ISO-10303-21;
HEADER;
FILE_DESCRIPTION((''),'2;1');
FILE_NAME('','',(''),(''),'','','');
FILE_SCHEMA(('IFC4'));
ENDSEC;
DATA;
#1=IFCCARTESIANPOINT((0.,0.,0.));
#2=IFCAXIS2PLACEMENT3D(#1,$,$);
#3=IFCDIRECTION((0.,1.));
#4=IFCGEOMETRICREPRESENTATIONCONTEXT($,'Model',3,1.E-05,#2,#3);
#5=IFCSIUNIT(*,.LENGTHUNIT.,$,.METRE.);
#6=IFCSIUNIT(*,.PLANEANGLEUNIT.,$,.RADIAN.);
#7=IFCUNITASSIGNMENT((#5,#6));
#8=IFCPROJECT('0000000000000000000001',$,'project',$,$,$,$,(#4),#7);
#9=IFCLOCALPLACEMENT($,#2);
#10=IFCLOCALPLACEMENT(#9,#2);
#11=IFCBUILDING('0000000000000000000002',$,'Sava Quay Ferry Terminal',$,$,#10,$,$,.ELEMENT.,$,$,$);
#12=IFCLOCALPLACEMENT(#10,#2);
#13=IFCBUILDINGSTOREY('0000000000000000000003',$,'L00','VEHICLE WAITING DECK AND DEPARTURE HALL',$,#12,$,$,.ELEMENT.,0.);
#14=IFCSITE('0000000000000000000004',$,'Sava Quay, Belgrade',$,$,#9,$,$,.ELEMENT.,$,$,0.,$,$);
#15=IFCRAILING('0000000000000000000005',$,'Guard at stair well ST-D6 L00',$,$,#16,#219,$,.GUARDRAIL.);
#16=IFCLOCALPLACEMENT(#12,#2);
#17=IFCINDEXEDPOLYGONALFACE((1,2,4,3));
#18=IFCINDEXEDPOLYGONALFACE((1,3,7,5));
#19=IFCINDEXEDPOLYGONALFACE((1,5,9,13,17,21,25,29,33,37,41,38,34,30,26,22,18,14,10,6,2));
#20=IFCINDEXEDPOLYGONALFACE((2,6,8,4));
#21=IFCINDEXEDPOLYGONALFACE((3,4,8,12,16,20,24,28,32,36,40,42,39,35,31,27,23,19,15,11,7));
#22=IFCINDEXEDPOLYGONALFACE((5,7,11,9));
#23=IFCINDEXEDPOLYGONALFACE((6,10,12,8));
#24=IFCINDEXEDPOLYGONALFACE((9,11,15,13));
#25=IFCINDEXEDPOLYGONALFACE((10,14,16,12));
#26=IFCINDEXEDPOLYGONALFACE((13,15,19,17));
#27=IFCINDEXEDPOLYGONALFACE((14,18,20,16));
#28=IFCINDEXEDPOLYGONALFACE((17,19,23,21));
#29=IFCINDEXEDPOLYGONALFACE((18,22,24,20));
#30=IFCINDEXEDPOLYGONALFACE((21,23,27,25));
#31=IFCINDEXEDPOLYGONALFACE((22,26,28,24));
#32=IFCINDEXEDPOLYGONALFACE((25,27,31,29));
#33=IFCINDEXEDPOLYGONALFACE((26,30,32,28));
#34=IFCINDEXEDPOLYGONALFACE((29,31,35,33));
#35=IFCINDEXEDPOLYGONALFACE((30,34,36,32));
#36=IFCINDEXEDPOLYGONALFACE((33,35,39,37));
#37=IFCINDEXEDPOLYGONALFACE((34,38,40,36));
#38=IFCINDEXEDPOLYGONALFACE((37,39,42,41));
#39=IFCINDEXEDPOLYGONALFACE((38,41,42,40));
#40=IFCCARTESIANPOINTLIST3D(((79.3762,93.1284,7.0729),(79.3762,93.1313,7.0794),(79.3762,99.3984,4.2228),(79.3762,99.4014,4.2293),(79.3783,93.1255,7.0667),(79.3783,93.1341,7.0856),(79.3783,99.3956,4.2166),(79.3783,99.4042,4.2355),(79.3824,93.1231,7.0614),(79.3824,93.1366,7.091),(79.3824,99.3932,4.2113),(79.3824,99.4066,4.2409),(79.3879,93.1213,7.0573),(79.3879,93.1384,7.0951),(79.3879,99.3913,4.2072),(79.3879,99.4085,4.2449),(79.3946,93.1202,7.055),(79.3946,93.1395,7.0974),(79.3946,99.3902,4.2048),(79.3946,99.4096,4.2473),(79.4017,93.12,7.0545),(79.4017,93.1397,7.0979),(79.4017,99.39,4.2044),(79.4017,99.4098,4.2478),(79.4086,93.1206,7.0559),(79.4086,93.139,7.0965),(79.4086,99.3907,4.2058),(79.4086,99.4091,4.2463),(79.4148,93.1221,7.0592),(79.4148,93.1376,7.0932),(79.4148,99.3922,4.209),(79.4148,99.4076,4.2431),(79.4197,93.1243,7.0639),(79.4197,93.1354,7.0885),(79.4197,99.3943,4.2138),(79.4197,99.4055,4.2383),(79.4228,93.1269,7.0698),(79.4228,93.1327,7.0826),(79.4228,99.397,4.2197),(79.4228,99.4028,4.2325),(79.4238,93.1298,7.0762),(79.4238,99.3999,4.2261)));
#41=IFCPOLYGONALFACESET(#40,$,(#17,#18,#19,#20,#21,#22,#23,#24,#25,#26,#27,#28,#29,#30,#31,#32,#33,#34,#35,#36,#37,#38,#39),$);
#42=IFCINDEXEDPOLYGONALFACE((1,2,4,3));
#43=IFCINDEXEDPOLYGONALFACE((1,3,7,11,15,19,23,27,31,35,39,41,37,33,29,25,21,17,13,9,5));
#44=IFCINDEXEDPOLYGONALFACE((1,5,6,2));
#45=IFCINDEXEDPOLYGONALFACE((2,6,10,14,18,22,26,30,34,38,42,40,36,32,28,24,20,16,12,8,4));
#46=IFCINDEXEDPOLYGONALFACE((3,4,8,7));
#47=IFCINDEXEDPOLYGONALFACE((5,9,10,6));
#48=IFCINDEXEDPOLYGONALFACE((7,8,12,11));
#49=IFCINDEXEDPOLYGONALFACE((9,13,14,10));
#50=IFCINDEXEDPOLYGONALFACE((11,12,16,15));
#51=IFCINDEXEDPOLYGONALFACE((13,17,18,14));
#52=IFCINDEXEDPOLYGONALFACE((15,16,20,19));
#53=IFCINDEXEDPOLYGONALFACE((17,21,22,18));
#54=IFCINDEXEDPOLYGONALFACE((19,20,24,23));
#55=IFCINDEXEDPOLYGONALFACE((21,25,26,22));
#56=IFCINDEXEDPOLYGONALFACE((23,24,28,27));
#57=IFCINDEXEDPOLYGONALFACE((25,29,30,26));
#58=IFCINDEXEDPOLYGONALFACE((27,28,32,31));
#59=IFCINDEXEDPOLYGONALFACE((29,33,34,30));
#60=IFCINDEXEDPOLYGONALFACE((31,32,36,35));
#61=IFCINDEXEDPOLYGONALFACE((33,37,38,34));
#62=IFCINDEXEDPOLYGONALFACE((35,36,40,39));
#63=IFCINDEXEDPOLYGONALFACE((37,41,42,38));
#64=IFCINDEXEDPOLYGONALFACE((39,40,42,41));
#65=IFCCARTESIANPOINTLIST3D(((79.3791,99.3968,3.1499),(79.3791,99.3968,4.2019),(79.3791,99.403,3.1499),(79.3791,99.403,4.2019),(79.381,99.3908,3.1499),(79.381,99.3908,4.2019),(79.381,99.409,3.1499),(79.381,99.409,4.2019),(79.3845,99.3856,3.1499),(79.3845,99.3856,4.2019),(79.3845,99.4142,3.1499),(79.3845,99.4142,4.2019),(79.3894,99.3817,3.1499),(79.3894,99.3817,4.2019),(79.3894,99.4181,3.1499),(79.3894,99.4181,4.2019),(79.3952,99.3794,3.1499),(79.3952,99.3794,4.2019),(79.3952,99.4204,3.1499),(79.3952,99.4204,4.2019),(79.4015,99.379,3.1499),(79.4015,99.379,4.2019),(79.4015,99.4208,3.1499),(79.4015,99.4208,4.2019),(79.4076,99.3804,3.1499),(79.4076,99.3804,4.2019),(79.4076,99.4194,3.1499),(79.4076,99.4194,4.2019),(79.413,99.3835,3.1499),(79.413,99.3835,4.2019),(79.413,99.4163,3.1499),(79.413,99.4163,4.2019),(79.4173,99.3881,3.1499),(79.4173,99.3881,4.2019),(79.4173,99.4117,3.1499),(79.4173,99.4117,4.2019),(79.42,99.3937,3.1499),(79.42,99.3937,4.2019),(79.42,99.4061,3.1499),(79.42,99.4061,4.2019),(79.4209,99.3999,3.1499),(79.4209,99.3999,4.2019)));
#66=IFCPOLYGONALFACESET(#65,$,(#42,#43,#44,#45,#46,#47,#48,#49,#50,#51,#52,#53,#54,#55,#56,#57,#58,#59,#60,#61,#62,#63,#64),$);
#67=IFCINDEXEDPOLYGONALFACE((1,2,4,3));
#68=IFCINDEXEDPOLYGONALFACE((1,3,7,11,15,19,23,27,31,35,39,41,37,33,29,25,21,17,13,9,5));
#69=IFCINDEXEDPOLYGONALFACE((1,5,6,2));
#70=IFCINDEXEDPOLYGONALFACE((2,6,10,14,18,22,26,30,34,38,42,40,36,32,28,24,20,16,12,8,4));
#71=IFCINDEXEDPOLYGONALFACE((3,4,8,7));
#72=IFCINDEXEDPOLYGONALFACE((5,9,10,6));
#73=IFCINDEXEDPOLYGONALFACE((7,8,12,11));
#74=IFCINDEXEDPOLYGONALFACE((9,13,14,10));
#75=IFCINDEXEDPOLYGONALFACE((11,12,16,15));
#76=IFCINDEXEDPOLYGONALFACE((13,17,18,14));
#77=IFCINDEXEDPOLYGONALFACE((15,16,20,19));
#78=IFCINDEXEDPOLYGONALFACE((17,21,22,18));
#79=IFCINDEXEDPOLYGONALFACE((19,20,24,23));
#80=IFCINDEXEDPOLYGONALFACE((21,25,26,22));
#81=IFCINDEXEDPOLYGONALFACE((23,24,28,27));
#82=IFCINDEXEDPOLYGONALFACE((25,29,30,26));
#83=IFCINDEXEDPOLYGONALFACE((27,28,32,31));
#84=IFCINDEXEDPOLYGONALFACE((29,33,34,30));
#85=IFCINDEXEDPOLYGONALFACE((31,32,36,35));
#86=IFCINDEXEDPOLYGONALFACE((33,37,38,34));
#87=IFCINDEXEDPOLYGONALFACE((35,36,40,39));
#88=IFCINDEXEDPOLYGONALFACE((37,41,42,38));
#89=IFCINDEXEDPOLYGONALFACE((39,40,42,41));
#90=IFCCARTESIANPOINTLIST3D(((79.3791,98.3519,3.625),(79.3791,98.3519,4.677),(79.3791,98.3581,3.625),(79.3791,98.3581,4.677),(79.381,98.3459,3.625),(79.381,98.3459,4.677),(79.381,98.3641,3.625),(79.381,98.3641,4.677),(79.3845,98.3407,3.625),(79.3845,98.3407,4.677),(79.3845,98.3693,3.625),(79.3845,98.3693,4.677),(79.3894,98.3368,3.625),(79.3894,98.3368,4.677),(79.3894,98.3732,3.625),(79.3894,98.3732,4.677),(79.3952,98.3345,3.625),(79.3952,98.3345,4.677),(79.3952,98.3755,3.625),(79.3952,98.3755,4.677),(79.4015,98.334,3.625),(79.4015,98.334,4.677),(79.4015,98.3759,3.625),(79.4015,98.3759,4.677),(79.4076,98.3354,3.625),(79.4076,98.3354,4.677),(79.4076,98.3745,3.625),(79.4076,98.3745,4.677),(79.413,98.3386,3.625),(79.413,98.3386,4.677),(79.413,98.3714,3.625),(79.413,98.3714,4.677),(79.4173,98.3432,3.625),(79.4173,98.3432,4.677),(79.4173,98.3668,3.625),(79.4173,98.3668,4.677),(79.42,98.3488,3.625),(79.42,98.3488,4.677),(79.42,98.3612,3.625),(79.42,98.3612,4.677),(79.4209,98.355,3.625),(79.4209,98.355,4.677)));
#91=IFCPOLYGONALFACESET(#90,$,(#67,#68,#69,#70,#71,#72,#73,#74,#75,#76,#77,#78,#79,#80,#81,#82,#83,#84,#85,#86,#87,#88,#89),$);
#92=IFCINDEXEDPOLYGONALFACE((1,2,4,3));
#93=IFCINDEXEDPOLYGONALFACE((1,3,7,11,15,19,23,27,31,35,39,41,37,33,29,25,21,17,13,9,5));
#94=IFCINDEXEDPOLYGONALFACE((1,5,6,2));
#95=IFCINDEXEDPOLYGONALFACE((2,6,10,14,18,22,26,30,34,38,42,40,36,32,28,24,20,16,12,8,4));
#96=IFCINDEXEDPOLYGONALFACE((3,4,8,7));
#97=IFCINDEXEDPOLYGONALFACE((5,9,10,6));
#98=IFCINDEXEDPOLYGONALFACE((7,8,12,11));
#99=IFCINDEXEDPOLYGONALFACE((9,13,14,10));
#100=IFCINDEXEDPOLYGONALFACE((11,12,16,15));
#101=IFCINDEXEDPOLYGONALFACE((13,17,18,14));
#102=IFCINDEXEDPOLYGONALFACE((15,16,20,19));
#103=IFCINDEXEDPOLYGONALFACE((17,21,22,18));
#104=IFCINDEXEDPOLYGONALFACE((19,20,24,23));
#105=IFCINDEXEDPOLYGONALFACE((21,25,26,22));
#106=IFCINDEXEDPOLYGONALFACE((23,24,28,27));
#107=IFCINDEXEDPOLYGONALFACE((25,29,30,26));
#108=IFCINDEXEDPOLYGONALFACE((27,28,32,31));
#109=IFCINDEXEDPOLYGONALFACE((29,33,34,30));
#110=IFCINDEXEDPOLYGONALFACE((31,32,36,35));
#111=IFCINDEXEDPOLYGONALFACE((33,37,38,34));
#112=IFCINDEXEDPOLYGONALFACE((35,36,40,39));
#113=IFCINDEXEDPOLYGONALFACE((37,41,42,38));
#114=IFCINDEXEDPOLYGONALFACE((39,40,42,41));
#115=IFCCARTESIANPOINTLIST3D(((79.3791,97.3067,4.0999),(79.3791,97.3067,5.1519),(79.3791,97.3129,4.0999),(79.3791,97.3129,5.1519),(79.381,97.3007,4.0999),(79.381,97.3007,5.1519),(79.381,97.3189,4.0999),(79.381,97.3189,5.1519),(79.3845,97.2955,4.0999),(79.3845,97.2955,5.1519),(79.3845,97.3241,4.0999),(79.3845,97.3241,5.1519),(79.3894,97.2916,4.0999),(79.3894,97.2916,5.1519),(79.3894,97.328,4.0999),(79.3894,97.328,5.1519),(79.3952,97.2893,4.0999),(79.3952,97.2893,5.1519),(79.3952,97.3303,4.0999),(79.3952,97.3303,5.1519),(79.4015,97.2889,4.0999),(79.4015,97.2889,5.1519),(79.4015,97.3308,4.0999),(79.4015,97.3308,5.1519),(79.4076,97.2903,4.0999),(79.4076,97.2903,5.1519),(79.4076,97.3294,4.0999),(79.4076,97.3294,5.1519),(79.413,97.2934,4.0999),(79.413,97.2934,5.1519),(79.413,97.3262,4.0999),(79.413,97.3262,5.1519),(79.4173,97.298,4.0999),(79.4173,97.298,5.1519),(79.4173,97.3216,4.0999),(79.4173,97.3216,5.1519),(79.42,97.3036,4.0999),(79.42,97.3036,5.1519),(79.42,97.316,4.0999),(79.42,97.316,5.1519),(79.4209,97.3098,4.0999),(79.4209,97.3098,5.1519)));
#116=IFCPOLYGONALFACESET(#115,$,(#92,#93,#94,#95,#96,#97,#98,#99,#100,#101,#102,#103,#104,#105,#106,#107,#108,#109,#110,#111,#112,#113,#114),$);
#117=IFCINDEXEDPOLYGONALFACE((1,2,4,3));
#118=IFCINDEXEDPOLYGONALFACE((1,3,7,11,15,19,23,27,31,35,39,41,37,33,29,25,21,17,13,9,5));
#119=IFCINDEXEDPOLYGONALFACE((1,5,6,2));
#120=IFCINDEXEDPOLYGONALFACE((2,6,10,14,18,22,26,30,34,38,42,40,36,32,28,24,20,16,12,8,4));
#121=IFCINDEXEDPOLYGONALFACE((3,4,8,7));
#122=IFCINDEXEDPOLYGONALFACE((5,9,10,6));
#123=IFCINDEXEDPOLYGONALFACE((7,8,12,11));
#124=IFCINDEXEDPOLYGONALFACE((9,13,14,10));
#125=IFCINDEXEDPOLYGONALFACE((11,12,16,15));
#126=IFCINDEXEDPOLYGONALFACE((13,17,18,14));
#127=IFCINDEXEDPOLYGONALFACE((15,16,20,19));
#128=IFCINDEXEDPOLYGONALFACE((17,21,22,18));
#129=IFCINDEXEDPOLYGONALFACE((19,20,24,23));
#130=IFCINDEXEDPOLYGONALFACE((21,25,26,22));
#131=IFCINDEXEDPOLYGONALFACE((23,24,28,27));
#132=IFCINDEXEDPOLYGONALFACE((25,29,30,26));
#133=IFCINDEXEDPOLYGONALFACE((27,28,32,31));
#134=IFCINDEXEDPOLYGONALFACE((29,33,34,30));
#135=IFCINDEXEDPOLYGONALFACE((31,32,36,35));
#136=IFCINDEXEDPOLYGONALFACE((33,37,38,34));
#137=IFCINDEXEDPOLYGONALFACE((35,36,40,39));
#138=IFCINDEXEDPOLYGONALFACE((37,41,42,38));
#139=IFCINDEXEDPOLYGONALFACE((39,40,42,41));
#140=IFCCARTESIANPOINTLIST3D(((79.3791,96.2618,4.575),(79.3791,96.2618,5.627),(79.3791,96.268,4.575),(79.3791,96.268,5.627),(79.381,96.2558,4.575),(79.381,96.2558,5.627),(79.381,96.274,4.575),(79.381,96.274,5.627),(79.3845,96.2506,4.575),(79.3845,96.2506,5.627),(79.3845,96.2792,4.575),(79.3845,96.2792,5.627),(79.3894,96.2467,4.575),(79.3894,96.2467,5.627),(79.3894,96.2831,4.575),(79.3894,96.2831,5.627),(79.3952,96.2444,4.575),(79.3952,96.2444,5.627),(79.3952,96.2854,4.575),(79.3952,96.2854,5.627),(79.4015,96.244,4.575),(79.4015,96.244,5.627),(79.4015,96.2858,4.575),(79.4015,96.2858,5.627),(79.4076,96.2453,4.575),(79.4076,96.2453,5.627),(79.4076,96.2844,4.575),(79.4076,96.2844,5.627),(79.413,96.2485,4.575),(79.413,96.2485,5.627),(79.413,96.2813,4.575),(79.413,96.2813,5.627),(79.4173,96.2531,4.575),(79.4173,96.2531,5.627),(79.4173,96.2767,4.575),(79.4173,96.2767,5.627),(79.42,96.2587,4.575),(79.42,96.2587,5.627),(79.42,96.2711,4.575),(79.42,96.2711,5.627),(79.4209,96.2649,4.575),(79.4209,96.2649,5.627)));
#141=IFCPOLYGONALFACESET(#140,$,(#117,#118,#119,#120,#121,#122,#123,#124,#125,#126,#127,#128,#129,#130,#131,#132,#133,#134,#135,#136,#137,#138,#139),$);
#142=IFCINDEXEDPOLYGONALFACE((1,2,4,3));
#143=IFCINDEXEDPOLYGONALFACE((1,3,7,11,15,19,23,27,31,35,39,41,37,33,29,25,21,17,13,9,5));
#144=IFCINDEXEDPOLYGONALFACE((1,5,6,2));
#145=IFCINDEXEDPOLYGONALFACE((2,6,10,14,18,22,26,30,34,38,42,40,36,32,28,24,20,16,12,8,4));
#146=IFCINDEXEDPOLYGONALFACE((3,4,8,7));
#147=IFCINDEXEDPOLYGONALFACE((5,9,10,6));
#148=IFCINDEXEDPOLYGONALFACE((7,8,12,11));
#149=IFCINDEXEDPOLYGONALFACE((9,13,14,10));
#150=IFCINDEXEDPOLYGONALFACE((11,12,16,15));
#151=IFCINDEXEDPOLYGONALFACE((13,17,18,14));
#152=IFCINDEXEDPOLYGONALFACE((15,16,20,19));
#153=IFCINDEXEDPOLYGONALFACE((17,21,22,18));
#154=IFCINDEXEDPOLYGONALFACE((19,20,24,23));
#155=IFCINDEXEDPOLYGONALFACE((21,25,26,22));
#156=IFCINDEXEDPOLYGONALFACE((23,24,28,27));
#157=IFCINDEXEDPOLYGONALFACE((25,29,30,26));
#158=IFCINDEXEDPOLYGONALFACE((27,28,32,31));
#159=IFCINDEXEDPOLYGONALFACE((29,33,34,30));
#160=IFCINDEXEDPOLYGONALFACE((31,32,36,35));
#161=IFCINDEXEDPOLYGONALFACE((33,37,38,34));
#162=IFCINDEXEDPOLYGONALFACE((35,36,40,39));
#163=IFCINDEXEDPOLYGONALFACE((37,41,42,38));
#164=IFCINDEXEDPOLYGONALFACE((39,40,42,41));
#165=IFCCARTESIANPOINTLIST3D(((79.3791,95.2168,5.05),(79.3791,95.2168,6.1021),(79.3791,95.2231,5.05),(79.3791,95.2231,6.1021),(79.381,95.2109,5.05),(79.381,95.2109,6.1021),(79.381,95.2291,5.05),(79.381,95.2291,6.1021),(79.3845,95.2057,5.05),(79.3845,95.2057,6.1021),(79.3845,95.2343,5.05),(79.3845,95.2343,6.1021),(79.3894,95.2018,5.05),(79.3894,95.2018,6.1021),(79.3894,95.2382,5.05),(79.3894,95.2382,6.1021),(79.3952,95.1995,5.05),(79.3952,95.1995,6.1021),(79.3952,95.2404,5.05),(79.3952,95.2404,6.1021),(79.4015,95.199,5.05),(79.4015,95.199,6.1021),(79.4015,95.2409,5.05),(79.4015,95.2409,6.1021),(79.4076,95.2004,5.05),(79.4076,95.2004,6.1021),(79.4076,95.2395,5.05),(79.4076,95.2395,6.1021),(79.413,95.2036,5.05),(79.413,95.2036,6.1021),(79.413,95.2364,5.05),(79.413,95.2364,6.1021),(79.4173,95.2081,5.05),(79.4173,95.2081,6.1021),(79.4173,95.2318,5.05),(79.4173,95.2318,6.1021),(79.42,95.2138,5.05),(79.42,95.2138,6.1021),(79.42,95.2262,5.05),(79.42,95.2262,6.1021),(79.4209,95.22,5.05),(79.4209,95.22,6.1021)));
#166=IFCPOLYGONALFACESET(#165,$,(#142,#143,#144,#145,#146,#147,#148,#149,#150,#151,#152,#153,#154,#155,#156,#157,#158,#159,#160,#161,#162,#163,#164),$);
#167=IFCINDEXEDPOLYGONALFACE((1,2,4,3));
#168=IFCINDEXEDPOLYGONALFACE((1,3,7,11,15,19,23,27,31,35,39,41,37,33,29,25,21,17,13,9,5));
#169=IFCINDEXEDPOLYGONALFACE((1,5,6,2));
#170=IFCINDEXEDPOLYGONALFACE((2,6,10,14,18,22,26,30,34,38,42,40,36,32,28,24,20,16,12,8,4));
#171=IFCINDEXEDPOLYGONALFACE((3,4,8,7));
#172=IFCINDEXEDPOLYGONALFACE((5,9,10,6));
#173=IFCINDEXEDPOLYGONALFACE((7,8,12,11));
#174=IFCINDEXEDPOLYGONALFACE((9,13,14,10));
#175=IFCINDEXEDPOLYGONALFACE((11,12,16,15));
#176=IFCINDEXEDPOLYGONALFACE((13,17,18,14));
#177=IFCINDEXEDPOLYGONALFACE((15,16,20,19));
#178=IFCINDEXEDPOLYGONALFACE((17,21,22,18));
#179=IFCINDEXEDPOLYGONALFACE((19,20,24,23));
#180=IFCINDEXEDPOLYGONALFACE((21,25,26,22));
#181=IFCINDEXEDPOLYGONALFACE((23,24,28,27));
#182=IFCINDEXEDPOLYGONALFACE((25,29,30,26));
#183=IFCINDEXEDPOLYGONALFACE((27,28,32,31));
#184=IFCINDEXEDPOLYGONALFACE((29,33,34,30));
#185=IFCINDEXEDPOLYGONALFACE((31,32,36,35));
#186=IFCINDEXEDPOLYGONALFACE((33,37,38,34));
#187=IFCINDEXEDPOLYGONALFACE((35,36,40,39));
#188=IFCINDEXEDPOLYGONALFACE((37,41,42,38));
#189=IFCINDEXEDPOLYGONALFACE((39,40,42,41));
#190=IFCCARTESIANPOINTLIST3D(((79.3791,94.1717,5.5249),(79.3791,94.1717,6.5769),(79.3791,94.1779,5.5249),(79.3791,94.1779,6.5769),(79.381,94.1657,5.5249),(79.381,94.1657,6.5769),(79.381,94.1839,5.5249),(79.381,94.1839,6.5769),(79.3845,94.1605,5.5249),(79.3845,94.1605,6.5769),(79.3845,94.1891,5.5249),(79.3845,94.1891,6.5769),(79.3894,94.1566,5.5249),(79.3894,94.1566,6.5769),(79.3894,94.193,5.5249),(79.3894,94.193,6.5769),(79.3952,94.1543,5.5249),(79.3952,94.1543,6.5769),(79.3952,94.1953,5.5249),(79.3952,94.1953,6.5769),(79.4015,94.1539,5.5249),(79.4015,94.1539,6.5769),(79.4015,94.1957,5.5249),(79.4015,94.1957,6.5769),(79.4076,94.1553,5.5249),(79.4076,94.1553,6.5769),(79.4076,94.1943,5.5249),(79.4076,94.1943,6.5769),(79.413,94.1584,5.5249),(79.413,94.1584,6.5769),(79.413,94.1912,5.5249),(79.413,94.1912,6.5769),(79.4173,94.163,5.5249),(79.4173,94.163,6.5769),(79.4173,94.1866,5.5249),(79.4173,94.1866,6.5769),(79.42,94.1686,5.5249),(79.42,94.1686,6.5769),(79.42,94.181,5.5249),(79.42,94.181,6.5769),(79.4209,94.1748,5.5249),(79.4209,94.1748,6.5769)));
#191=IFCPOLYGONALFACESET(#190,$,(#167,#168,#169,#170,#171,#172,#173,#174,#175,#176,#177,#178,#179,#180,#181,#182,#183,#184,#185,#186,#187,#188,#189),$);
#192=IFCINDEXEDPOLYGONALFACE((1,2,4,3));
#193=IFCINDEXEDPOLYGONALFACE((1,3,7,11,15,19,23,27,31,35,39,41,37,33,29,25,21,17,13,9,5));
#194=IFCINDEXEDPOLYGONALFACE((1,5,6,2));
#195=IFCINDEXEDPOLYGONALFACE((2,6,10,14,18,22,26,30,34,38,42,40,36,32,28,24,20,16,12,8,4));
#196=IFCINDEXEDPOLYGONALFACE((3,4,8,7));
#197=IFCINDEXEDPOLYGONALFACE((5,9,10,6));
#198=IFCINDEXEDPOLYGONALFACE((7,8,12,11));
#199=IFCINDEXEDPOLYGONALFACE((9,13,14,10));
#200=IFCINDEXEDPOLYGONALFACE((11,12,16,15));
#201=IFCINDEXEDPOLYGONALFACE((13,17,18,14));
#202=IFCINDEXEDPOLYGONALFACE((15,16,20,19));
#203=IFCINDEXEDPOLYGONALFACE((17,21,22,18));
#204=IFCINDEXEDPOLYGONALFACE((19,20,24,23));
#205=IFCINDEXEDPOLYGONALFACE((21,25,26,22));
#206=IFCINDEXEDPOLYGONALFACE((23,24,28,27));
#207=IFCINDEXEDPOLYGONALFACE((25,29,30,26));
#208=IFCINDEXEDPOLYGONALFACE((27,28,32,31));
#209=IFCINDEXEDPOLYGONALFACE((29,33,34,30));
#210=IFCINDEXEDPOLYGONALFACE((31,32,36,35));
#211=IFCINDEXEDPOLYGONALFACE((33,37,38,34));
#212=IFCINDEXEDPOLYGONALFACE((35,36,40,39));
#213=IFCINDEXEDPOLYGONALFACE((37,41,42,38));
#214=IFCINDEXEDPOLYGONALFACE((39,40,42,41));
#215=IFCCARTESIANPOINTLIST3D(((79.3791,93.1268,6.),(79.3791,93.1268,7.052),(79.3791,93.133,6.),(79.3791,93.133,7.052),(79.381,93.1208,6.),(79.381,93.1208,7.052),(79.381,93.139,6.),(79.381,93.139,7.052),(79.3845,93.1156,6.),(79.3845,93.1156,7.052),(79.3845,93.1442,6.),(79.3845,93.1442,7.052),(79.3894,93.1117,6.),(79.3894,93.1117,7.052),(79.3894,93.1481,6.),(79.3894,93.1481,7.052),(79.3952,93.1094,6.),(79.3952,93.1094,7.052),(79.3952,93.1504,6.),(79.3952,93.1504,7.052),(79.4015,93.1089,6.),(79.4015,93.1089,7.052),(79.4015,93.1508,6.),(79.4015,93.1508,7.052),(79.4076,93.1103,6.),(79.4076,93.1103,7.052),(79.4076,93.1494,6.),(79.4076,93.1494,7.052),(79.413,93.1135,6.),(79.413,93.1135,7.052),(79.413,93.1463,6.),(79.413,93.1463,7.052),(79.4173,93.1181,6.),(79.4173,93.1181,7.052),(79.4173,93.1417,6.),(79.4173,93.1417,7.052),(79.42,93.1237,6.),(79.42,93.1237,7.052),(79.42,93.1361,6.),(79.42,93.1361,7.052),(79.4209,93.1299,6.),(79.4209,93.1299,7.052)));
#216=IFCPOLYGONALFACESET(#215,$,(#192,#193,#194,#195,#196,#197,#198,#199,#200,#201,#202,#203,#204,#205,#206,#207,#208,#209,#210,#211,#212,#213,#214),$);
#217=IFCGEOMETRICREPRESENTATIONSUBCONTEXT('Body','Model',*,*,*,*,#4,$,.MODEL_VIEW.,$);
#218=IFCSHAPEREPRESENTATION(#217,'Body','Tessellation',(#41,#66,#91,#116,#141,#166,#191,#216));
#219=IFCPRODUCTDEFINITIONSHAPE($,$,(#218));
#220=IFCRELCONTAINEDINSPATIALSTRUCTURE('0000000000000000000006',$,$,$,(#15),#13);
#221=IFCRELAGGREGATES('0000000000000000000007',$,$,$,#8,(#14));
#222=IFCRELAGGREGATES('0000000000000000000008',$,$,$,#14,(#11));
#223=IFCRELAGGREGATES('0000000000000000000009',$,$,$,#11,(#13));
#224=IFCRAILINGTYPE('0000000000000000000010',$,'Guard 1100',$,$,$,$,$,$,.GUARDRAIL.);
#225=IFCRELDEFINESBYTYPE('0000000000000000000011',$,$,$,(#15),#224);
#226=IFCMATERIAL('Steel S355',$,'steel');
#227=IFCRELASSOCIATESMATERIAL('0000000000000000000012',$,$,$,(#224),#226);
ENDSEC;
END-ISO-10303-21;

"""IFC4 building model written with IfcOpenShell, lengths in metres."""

from ifc_helpers import new_model, si_unit, direction, frame, origin, origin_2d, place, context, subcontext, project, spatial, circle, extrude, material, type_object, element, save


model = new_model("IFC4")

# Units and contexts
model_context = context("Model", 3, precision=1e-05, world=origin(), true_north=direction((0.0, 1.0)))
body_context = subcontext(model_context, "Body", "Model", "MODEL_VIEW")
ifc_project = project(units=[si_unit("LENGTHUNIT", "METRE"), si_unit("PLANEANGLEUNIT", "RADIAN")], contexts=[model_context])

# Site, building, storey
site_placement = place(None, origin())
site = spatial("IfcSite", under=ifc_project, at=site_placement, Name="Sava Quay, Belgrade", CompositionType="ELEMENT", RefElevation=0.0)
building_placement = place(site_placement, origin())
building = spatial("IfcBuilding", under=site, at=building_placement, Name="Sava Quay Ferry Terminal", CompositionType="ELEMENT")
storey_placement = place(building_placement, origin())
storey = spatial("IfcBuildingStorey", under=building, at=storey_placement, Name="L00", Description="VEHICLE WAITING DECK AND DEPARTURE HALL", CompositionType="ELEMENT", Elevation=0.0)

# Railing
ifc_material_1 = material(Name="Steel S355", Category="steel")
railing_type_1 = type_object("IfcRailingType", Name="Guard 1100", PredefinedType="GUARDRAIL", material=ifc_material_1)
railing_1_placement = place(storey_placement, frame((79.3999, 99.3999, 3.1499)))
element("IfcRailing", 1, at=railing_1_placement, inside=storey, type_object=railing_type_1, Name="Guard at stair well ST-D6 L00", PredefinedType="GUARDRAIL", context=body_context, shape_type="SweptSolid", body=[
    extrude(circle(Radius=0.0239, at=origin_2d()), frame((0.0, 0.0, 1.0762), z_axis=(0.0, -0.910362, 0.413814), x_axis=(1.0, 0.0, 0.0)), (0.0, 0.0, 1.0), 6.8875),
    extrude(circle(Radius=0.021, at=origin_2d()), origin(), (0.0, 0.0, 1.0), 1.052),
    extrude(circle(Radius=0.021, at=origin_2d()), frame((0.0, -1.0449, 0.4751)), (0.0, 0.0, 1.0), 1.052),
    extrude(circle(Radius=0.021, at=origin_2d()), frame((0.0, -2.0901, 0.95)), (0.0, 0.0, 1.0), 1.052),
    extrude(circle(Radius=0.021, at=origin_2d()), frame((0.0, -3.135, 1.425)), (0.0, 0.0, 1.0), 1.052),
    extrude(circle(Radius=0.021, at=origin_2d()), frame((0.0, -4.1799, 1.9001)), (0.0, 0.0, 1.0), 1.052),
    extrude(circle(Radius=0.021, at=origin_2d()), frame((0.0, -5.2251, 2.375)), (0.0, 0.0, 1.0), 1.052),
    extrude(circle(Radius=0.021, at=origin_2d()), frame((0.0, -6.27, 2.8501)), (0.0, 0.0, 1.0), 1.052),
])

save(model, "model.ifc")
